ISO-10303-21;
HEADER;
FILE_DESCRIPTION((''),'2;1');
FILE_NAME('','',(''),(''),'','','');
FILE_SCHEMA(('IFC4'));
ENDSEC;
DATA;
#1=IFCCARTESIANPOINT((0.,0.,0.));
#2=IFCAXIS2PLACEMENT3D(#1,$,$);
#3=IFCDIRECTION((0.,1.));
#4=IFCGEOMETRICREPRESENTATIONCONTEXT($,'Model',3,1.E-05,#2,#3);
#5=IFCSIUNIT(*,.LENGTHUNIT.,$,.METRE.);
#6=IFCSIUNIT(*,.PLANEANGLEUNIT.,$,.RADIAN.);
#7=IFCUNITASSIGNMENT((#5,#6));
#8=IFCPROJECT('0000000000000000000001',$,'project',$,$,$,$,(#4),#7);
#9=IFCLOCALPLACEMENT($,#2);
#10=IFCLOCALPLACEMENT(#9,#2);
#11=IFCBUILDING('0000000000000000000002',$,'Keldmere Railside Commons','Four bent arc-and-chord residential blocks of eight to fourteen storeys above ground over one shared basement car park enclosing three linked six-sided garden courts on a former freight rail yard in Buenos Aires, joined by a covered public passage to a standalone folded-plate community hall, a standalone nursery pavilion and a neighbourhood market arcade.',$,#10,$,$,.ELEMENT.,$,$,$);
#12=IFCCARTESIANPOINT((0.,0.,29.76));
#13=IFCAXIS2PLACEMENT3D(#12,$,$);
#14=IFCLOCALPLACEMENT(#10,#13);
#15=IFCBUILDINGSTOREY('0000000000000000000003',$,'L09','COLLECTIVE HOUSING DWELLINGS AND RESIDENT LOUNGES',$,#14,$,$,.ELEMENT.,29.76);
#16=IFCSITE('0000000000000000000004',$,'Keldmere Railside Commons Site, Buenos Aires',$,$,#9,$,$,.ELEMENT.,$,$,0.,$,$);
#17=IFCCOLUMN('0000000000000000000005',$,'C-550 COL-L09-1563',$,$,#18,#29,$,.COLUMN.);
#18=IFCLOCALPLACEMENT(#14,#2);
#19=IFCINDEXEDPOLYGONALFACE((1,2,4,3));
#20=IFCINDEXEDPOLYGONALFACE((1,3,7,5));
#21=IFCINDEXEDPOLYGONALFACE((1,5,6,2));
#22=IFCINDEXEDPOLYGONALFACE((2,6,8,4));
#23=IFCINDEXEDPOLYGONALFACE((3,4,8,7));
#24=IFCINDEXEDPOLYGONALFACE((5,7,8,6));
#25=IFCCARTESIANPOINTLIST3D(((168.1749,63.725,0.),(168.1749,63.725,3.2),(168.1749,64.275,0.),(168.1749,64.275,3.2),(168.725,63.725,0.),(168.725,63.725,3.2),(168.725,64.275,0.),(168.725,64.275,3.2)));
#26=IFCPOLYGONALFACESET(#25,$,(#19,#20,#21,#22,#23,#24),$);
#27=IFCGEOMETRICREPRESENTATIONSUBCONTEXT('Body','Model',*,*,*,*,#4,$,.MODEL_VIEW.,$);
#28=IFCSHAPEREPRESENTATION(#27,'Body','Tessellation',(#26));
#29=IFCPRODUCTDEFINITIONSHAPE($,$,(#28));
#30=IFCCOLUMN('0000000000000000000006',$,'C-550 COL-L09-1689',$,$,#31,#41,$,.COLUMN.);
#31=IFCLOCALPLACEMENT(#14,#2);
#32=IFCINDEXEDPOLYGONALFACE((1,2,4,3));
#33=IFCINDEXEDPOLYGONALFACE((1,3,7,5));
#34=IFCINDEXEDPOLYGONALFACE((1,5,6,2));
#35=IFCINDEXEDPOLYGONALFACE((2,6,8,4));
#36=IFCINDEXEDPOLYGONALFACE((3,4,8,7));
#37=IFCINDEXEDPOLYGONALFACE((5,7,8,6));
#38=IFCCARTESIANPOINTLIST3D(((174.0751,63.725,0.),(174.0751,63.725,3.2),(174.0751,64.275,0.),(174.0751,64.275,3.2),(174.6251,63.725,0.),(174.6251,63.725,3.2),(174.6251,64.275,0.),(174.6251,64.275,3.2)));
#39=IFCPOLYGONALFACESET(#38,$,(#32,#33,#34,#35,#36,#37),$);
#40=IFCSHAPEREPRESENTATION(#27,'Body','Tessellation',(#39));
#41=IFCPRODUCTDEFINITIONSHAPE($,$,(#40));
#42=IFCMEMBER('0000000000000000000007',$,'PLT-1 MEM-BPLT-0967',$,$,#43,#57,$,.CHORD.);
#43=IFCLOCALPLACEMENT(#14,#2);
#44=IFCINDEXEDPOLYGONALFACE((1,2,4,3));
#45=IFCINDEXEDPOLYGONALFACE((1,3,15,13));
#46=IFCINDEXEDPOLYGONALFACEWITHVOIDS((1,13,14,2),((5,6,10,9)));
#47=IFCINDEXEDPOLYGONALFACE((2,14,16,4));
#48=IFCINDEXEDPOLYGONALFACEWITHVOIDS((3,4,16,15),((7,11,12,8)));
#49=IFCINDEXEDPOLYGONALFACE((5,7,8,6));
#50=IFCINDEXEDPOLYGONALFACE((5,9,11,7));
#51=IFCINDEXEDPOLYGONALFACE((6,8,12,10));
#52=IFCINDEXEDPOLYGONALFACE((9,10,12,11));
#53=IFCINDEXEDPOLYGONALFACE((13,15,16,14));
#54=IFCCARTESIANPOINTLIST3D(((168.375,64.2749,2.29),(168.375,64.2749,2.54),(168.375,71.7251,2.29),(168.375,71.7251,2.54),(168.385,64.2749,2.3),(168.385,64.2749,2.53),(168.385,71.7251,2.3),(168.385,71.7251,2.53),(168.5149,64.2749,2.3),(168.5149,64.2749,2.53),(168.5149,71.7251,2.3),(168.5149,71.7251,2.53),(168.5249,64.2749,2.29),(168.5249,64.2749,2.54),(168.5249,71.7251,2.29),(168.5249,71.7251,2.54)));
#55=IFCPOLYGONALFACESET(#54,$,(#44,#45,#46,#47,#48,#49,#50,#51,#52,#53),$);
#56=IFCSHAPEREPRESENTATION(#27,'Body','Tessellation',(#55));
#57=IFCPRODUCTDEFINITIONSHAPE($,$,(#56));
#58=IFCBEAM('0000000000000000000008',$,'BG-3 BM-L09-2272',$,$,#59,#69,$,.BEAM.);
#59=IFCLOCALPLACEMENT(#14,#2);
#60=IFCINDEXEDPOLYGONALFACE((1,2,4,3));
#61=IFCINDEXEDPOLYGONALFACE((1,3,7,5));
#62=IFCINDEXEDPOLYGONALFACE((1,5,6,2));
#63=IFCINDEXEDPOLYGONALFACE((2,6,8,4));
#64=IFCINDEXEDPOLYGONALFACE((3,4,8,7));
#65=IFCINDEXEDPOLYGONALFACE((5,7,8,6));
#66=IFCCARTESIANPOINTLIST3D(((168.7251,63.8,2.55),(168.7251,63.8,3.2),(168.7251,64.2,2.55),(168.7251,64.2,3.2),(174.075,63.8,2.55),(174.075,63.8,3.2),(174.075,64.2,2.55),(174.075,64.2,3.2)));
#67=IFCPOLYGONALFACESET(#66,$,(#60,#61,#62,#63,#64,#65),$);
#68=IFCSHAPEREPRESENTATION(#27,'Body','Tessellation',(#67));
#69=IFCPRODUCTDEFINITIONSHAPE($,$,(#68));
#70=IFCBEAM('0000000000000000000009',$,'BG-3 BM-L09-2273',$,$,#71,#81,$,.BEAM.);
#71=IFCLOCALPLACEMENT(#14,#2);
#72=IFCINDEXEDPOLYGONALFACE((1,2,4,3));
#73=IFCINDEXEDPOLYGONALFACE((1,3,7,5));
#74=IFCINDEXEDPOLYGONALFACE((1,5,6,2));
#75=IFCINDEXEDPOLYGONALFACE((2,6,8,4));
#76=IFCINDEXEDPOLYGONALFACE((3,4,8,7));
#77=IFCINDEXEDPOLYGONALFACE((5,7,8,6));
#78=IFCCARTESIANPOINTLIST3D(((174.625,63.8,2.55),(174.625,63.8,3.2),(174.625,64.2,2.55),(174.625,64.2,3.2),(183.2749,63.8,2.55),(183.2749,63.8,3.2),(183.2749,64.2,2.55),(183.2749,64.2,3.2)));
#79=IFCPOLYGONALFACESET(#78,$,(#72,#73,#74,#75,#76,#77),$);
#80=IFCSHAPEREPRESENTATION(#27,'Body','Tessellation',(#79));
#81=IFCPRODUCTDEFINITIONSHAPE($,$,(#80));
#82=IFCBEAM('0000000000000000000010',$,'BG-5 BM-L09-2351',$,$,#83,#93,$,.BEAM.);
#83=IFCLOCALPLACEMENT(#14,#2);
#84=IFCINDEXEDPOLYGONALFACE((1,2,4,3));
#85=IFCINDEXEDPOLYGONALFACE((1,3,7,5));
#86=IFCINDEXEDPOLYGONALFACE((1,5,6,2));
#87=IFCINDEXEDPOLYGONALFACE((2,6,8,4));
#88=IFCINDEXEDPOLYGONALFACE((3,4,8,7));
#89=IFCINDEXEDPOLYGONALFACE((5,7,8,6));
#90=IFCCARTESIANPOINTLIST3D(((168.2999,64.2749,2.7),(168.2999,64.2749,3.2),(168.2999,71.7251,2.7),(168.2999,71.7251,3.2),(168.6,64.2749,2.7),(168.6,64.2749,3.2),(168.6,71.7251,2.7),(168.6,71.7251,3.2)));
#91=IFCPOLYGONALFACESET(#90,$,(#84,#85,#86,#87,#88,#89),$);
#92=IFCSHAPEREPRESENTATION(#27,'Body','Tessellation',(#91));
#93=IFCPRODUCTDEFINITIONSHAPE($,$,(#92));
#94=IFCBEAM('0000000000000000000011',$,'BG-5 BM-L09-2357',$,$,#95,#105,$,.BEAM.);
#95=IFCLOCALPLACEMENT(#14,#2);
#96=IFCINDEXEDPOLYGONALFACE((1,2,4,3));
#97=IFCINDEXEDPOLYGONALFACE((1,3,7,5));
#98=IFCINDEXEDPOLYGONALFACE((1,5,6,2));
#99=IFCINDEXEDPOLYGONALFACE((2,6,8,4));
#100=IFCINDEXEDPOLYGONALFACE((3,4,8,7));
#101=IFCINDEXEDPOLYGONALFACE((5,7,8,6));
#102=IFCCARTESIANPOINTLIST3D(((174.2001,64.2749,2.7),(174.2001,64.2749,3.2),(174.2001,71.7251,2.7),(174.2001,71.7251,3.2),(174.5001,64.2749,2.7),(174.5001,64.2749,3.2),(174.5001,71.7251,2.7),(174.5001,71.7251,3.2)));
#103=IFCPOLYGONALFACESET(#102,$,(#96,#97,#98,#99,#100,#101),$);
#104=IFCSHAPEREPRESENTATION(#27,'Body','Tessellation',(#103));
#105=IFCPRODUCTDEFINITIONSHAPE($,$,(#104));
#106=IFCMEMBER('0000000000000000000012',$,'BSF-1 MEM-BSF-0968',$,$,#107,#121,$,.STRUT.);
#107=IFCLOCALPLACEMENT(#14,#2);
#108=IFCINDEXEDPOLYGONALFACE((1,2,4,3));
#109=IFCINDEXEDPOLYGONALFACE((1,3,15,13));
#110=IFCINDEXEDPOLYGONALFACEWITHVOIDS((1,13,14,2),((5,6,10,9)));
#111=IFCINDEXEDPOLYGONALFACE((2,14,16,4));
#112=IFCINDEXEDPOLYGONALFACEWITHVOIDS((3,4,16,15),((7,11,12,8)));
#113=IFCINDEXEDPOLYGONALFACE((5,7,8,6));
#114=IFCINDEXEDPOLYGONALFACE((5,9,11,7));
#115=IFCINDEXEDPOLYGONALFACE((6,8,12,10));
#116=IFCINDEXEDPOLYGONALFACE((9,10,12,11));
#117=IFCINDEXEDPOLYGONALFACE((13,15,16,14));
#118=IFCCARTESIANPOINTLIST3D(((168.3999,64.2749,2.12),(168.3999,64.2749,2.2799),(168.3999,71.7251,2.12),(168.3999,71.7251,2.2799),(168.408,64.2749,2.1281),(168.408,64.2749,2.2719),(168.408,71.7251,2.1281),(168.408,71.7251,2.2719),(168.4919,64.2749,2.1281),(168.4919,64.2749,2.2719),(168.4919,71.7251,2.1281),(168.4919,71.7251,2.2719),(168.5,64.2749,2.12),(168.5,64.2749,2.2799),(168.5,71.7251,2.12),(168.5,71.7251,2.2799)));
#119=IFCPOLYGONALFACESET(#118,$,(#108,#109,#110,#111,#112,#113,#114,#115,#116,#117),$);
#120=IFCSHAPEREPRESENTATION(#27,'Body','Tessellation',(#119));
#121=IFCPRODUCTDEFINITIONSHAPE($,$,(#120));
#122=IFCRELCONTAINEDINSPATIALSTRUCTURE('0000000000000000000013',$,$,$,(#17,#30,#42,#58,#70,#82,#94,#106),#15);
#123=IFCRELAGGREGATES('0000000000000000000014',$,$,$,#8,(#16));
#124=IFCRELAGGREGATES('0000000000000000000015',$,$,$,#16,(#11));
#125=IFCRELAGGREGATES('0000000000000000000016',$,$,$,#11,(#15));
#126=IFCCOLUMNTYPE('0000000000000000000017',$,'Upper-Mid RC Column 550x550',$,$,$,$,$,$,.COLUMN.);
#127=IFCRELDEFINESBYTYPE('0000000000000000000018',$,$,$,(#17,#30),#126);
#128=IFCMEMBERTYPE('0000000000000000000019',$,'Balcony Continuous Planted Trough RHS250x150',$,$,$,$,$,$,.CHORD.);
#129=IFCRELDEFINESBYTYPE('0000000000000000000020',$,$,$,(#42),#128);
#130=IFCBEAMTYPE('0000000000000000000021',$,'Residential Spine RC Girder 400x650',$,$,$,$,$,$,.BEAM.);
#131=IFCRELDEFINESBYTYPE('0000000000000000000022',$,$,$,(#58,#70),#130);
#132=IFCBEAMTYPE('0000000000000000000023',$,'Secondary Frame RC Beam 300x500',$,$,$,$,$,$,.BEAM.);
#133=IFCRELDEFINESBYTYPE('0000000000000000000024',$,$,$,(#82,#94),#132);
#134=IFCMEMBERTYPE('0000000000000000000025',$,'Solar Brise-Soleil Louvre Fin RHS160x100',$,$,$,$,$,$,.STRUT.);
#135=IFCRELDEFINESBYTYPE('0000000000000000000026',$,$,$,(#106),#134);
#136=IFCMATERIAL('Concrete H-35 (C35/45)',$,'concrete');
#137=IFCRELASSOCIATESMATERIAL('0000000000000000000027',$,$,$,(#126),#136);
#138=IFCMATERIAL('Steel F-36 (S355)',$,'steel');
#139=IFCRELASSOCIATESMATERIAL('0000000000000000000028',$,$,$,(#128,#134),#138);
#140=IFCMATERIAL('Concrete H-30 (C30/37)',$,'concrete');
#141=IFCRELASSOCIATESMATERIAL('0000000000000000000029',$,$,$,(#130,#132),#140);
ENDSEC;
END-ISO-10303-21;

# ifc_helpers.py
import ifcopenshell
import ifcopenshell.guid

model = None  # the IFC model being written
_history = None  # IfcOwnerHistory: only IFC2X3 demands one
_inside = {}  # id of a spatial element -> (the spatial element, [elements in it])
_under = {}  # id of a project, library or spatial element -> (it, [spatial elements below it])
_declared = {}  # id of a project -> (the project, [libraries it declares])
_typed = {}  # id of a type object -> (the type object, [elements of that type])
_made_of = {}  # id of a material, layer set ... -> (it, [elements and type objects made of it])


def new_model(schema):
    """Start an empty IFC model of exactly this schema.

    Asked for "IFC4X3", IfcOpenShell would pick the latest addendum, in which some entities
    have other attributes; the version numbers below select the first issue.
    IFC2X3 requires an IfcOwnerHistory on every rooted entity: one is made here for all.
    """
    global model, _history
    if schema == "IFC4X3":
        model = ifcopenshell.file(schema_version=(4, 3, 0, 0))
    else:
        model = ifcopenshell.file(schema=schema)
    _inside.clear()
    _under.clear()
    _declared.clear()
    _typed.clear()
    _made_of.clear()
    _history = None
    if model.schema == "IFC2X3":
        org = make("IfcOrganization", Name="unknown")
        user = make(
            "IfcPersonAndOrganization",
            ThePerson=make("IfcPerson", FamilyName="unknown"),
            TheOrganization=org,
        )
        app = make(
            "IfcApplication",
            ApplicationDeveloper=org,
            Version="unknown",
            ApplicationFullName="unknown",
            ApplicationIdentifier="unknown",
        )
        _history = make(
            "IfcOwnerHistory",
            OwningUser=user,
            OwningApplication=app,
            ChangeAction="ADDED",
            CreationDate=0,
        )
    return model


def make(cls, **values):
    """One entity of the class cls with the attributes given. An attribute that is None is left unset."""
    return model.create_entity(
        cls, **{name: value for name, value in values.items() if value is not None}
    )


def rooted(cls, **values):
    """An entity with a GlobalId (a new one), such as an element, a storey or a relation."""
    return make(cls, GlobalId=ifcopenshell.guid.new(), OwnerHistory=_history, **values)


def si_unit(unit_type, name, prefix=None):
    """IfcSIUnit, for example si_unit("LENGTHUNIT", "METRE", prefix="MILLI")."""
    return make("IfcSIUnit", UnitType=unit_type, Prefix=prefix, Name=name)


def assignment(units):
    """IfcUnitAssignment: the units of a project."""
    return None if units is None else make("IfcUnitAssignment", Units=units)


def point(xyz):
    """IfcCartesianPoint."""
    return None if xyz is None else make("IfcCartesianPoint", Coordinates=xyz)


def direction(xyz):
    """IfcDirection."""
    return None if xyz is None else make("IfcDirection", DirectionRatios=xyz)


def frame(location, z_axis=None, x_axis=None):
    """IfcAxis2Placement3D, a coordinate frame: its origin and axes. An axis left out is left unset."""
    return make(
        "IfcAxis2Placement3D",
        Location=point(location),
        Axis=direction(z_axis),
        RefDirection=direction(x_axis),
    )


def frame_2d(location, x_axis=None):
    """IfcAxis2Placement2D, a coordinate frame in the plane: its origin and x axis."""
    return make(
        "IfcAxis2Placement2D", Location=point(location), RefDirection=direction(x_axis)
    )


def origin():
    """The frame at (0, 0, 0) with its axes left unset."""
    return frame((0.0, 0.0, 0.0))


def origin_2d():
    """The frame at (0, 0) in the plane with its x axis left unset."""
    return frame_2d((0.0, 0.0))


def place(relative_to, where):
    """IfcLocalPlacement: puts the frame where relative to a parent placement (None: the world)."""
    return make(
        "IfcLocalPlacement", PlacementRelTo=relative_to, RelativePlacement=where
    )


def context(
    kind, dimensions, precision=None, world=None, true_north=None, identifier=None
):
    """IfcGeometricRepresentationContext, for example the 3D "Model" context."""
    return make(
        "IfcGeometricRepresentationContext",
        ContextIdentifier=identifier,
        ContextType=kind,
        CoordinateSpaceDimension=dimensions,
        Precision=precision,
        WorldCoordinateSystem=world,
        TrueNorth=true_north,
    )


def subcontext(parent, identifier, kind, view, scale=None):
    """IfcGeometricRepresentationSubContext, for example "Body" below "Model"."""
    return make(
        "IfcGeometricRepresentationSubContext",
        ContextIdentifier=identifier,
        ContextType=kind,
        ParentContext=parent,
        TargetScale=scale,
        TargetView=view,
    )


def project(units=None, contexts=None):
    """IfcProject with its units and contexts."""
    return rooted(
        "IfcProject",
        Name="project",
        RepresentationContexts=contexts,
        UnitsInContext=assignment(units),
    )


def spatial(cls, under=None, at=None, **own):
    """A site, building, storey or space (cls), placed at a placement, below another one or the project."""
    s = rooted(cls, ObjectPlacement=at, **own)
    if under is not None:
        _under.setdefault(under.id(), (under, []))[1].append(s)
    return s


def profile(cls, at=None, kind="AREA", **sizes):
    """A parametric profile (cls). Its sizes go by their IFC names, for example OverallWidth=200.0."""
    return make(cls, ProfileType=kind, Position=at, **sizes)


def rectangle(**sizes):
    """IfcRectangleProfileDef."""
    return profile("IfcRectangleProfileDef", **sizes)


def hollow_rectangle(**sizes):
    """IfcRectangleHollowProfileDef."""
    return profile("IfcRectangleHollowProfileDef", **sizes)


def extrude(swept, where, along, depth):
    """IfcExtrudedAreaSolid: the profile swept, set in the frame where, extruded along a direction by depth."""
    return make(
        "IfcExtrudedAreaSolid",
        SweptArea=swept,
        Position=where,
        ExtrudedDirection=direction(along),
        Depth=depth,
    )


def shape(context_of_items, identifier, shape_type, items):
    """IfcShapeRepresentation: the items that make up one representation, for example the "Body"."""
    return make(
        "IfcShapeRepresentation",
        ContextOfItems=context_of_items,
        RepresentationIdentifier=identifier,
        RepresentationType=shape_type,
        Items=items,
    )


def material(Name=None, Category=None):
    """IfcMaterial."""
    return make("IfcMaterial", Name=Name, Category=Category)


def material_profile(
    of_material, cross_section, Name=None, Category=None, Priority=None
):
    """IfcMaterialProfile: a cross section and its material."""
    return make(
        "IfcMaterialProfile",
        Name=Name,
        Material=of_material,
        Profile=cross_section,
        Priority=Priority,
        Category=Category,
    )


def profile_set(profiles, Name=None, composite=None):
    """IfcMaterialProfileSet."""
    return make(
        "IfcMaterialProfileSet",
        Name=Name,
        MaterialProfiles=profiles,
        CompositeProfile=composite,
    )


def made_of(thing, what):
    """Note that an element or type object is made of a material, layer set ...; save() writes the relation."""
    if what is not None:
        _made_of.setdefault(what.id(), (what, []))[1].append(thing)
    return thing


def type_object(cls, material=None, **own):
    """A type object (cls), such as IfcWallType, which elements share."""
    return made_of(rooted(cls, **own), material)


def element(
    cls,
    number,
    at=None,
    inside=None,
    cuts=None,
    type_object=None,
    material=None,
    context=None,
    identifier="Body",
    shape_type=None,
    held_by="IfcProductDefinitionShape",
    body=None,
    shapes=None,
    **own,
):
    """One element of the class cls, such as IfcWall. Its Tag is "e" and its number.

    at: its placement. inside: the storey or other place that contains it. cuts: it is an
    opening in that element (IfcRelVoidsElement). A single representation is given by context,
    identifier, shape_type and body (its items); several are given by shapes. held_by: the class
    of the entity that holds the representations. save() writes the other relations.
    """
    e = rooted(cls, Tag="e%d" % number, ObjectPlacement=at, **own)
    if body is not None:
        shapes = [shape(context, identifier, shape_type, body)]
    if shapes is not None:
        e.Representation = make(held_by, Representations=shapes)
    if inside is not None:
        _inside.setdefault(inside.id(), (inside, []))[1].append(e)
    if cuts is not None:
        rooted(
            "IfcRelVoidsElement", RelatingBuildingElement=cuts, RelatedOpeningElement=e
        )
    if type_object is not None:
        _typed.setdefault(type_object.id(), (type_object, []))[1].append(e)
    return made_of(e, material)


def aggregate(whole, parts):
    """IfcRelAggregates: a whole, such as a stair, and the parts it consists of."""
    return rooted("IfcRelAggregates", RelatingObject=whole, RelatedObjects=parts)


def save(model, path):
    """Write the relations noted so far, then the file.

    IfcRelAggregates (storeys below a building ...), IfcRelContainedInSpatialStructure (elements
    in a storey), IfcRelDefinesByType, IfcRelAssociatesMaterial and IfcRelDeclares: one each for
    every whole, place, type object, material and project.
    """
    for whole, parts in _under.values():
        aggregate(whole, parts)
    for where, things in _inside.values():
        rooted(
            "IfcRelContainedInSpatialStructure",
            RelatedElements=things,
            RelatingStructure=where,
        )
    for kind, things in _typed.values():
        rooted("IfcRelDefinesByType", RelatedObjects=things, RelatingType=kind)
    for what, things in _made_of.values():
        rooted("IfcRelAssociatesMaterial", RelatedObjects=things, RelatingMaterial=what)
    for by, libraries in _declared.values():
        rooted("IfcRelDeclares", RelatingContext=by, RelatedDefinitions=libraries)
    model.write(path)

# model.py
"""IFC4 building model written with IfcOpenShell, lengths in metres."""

from ifc_helpers import new_model, si_unit, direction, frame, origin, origin_2d, place, context, subcontext, project, spatial, rectangle, hollow_rectangle, extrude, material, material_profile, profile_set, type_object, element, save


model = new_model("IFC4")

# Units and contexts
model_context = context("Model", 3, precision=1e-05, world=origin(), true_north=direction((0.0, 1.0)))
body_context = subcontext(model_context, "Body", "Model", "MODEL_VIEW")
ifc_project = project(units=[si_unit("LENGTHUNIT", "METRE"), si_unit("PLANEANGLEUNIT", "RADIAN")], contexts=[model_context])

# Site, building, storey
site_placement = place(None, origin())
site = spatial("IfcSite", under=ifc_project, at=site_placement, Name="Keldmere Railside Commons Site, Buenos Aires", CompositionType="ELEMENT", RefElevation=0.0)
building_placement = place(site_placement, origin())
building = spatial("IfcBuilding", under=site, at=building_placement, Name="Keldmere Railside Commons", Description="Four bent arc-and-chord residential blocks of eight to fourteen storeys above ground over one shared basement car park enclosing three linked six-sided garden courts on a former freight rail yard in Buenos Aires, joined by a covered public passage to a standalone folded-plate community hall, a standalone nursery pavilion and a neighbourhood market arcade.", CompositionType="ELEMENT")
storey_placement = place(building_placement, frame((0.0, 0.0, 29.76)))
storey = spatial("IfcBuildingStorey", under=building, at=storey_placement, Name="L09", Description="COLLECTIVE HOUSING DWELLINGS AND RESIDENT LOUNGES", CompositionType="ELEMENT", Elevation=29.76)

# Columns
ifc_material_1 = material(Name="Concrete H-35 (C35/45)", Category="concrete")
ifc_material_profile_1 = material_profile(ifc_material_1, rectangle(XDim=0.55, YDim=0.55, at=origin_2d()), Name="RC-550x550")
ifc_profile_set_1 = profile_set([ifc_material_profile_1], Name="Concrete H-35 (C35/45)")
column_type = type_object("IfcColumnType", Name="Upper-Mid RC Column 550x550", PredefinedType="COLUMN", material=ifc_profile_set_1)
for number, where, z_axis, x_axis, name in (
    (1, (168.45, 64.0, 0.0), (0.0, 0.0, 1.0), (1.0, 0.0, 0.0), "C-550 COL-L09-1563"),
    (2, (174.3501, 64.0, 0.0), (0.0, 0.0, 1.0), (1.0, 0.0, 0.0), "C-550 COL-L09-1689"),
):
    element("IfcColumn", number, at=place(storey_placement, frame(where, z_axis=z_axis, x_axis=x_axis)), inside=storey, type_object=column_type, Name=name, PredefinedType="COLUMN", context=body_context, shape_type="SweptSolid", body=[
        extrude(rectangle(XDim=0.55, YDim=0.55, at=origin_2d()), origin(), (0.0, 0.0, 1.0), 3.2),
    ])

# Member
ifc_material_2 = material(Name="Steel F-36 (S355)", Category="steel")
ifc_material_profile_2 = material_profile(ifc_material_2, hollow_rectangle(XDim=0.1499, YDim=0.25, WallThickness=0.01, at=origin_2d()), Name="RHS-250x150x10")
ifc_profile_set_2 = profile_set([ifc_material_profile_2], Name="Steel F-36 (S355)")
member_type_1 = type_object("IfcMemberType", Name="Balcony Continuous Planted Trough RHS250x150", PredefinedType="CHORD", material=ifc_profile_set_2)
member_1_placement = place(storey_placement, frame((168.45, 64.2749, 2.415), z_axis=(0.0, 1.0, 0.0), x_axis=(-1.0, 0.0, 0.0)))
element("IfcMember", 3, at=member_1_placement, inside=storey, type_object=member_type_1, Name="PLT-1 MEM-BPLT-0967", PredefinedType="CHORD", context=body_context, shape_type="SweptSolid", body=[
    extrude(hollow_rectangle(XDim=0.1499, YDim=0.25, WallThickness=0.01, at=origin_2d()), origin(), (0.0, 0.0, 1.0), 7.4502),
])

# Beams
ifc_material_3 = material(Name="Concrete H-30 (C30/37)", Category="concrete")
ifc_material_profile_3 = material_profile(ifc_material_3, rectangle(XDim=0.3999, YDim=0.6499, at=origin_2d()), Name="RC-400x650")
ifc_profile_set_3 = profile_set([ifc_material_profile_3], Name="Concrete H-30 (C30/37)")
beam_type_1 = type_object("IfcBeamType", Name="Residential Spine RC Girder 400x650", PredefinedType="BEAM", material=ifc_profile_set_3)
beam_1_placement = place(storey_placement, frame((168.7251, 64.0, 2.875), z_axis=(1.0, 0.0, 0.0), x_axis=(0.0, 1.0, 0.0)))
element("IfcBeam", 4, at=beam_1_placement, inside=storey, type_object=beam_type_1, Name="BG-3 BM-L09-2272", PredefinedType="BEAM", context=body_context, shape_type="SweptSolid", body=[
    extrude(rectangle(XDim=0.3999, YDim=0.6499, at=origin_2d()), origin(), (0.0, 0.0, 1.0), 5.3499),
])
beam_2_placement = place(storey_placement, frame((174.625, 64.0, 2.875), z_axis=(1.0, 0.0, 0.0), x_axis=(0.0, 1.0, 0.0)))
element("IfcBeam", 5, at=beam_2_placement, inside=storey, type_object=beam_type_1, Name="BG-3 BM-L09-2273", PredefinedType="BEAM", context=body_context, shape_type="SweptSolid", body=[
    extrude(rectangle(XDim=0.3999, YDim=0.6499, at=origin_2d()), origin(), (0.0, 0.0, 1.0), 8.6499),
])
ifc_material_profile_4 = material_profile(ifc_material_3, rectangle(XDim=0.3, YDim=0.5, at=origin_2d()), Name="RC-300x500")
ifc_profile_set_4 = profile_set([ifc_material_profile_4], Name="Concrete H-30 (C30/37)")
beam_type_2 = type_object("IfcBeamType", Name="Secondary Frame RC Beam 300x500", PredefinedType="BEAM", material=ifc_profile_set_4)
for number, where, z_axis, x_axis, name in (
    (6, (168.45, 64.2749, 2.95), (0.0, 1.0, 0.0), (-1.0, 0.0, 0.0), "BG-5 BM-L09-2351"),
    (7, (174.3501, 64.2749, 2.95), (0.0, 1.0, 0.0), (-1.0, 0.0, 0.0), "BG-5 BM-L09-2357"),
):
    element("IfcBeam", number, at=place(storey_placement, frame(where, z_axis=z_axis, x_axis=x_axis)), inside=storey, type_object=beam_type_2, Name=name, PredefinedType="BEAM", context=body_context, shape_type="SweptSolid", body=[
        extrude(rectangle(XDim=0.3, YDim=0.5, at=origin_2d()), origin(), (0.0, 0.0, 1.0), 7.4502),
    ])

# Member
ifc_material_profile_5 = material_profile(ifc_material_2, hollow_rectangle(XDim=0.1001, YDim=0.1599, WallThickness=0.0081, at=origin_2d()), Name="RHS-160x100x8")
ifc_profile_set_5 = profile_set([ifc_material_profile_5], Name="Steel F-36 (S355)")
member_type_2 = type_object("IfcMemberType", Name="Solar Brise-Soleil Louvre Fin RHS160x100", PredefinedType="STRUT", material=ifc_profile_set_5)
member_2_placement = place(storey_placement, frame((168.45, 64.2749, 2.2), z_axis=(0.0, 1.0, 0.0), x_axis=(-1.0, 0.0, 0.0)))
element("IfcMember", 8, at=member_2_placement, inside=storey, type_object=member_type_2, Name="BSF-1 MEM-BSF-0968", PredefinedType="STRUT", context=body_context, shape_type="SweptSolid", body=[
    extrude(hollow_rectangle(XDim=0.1001, YDim=0.1599, WallThickness=0.0081, at=origin_2d()), origin(), (0.0, 0.0, 1.0), 7.4502),
])

save(model, "model.ifc")
